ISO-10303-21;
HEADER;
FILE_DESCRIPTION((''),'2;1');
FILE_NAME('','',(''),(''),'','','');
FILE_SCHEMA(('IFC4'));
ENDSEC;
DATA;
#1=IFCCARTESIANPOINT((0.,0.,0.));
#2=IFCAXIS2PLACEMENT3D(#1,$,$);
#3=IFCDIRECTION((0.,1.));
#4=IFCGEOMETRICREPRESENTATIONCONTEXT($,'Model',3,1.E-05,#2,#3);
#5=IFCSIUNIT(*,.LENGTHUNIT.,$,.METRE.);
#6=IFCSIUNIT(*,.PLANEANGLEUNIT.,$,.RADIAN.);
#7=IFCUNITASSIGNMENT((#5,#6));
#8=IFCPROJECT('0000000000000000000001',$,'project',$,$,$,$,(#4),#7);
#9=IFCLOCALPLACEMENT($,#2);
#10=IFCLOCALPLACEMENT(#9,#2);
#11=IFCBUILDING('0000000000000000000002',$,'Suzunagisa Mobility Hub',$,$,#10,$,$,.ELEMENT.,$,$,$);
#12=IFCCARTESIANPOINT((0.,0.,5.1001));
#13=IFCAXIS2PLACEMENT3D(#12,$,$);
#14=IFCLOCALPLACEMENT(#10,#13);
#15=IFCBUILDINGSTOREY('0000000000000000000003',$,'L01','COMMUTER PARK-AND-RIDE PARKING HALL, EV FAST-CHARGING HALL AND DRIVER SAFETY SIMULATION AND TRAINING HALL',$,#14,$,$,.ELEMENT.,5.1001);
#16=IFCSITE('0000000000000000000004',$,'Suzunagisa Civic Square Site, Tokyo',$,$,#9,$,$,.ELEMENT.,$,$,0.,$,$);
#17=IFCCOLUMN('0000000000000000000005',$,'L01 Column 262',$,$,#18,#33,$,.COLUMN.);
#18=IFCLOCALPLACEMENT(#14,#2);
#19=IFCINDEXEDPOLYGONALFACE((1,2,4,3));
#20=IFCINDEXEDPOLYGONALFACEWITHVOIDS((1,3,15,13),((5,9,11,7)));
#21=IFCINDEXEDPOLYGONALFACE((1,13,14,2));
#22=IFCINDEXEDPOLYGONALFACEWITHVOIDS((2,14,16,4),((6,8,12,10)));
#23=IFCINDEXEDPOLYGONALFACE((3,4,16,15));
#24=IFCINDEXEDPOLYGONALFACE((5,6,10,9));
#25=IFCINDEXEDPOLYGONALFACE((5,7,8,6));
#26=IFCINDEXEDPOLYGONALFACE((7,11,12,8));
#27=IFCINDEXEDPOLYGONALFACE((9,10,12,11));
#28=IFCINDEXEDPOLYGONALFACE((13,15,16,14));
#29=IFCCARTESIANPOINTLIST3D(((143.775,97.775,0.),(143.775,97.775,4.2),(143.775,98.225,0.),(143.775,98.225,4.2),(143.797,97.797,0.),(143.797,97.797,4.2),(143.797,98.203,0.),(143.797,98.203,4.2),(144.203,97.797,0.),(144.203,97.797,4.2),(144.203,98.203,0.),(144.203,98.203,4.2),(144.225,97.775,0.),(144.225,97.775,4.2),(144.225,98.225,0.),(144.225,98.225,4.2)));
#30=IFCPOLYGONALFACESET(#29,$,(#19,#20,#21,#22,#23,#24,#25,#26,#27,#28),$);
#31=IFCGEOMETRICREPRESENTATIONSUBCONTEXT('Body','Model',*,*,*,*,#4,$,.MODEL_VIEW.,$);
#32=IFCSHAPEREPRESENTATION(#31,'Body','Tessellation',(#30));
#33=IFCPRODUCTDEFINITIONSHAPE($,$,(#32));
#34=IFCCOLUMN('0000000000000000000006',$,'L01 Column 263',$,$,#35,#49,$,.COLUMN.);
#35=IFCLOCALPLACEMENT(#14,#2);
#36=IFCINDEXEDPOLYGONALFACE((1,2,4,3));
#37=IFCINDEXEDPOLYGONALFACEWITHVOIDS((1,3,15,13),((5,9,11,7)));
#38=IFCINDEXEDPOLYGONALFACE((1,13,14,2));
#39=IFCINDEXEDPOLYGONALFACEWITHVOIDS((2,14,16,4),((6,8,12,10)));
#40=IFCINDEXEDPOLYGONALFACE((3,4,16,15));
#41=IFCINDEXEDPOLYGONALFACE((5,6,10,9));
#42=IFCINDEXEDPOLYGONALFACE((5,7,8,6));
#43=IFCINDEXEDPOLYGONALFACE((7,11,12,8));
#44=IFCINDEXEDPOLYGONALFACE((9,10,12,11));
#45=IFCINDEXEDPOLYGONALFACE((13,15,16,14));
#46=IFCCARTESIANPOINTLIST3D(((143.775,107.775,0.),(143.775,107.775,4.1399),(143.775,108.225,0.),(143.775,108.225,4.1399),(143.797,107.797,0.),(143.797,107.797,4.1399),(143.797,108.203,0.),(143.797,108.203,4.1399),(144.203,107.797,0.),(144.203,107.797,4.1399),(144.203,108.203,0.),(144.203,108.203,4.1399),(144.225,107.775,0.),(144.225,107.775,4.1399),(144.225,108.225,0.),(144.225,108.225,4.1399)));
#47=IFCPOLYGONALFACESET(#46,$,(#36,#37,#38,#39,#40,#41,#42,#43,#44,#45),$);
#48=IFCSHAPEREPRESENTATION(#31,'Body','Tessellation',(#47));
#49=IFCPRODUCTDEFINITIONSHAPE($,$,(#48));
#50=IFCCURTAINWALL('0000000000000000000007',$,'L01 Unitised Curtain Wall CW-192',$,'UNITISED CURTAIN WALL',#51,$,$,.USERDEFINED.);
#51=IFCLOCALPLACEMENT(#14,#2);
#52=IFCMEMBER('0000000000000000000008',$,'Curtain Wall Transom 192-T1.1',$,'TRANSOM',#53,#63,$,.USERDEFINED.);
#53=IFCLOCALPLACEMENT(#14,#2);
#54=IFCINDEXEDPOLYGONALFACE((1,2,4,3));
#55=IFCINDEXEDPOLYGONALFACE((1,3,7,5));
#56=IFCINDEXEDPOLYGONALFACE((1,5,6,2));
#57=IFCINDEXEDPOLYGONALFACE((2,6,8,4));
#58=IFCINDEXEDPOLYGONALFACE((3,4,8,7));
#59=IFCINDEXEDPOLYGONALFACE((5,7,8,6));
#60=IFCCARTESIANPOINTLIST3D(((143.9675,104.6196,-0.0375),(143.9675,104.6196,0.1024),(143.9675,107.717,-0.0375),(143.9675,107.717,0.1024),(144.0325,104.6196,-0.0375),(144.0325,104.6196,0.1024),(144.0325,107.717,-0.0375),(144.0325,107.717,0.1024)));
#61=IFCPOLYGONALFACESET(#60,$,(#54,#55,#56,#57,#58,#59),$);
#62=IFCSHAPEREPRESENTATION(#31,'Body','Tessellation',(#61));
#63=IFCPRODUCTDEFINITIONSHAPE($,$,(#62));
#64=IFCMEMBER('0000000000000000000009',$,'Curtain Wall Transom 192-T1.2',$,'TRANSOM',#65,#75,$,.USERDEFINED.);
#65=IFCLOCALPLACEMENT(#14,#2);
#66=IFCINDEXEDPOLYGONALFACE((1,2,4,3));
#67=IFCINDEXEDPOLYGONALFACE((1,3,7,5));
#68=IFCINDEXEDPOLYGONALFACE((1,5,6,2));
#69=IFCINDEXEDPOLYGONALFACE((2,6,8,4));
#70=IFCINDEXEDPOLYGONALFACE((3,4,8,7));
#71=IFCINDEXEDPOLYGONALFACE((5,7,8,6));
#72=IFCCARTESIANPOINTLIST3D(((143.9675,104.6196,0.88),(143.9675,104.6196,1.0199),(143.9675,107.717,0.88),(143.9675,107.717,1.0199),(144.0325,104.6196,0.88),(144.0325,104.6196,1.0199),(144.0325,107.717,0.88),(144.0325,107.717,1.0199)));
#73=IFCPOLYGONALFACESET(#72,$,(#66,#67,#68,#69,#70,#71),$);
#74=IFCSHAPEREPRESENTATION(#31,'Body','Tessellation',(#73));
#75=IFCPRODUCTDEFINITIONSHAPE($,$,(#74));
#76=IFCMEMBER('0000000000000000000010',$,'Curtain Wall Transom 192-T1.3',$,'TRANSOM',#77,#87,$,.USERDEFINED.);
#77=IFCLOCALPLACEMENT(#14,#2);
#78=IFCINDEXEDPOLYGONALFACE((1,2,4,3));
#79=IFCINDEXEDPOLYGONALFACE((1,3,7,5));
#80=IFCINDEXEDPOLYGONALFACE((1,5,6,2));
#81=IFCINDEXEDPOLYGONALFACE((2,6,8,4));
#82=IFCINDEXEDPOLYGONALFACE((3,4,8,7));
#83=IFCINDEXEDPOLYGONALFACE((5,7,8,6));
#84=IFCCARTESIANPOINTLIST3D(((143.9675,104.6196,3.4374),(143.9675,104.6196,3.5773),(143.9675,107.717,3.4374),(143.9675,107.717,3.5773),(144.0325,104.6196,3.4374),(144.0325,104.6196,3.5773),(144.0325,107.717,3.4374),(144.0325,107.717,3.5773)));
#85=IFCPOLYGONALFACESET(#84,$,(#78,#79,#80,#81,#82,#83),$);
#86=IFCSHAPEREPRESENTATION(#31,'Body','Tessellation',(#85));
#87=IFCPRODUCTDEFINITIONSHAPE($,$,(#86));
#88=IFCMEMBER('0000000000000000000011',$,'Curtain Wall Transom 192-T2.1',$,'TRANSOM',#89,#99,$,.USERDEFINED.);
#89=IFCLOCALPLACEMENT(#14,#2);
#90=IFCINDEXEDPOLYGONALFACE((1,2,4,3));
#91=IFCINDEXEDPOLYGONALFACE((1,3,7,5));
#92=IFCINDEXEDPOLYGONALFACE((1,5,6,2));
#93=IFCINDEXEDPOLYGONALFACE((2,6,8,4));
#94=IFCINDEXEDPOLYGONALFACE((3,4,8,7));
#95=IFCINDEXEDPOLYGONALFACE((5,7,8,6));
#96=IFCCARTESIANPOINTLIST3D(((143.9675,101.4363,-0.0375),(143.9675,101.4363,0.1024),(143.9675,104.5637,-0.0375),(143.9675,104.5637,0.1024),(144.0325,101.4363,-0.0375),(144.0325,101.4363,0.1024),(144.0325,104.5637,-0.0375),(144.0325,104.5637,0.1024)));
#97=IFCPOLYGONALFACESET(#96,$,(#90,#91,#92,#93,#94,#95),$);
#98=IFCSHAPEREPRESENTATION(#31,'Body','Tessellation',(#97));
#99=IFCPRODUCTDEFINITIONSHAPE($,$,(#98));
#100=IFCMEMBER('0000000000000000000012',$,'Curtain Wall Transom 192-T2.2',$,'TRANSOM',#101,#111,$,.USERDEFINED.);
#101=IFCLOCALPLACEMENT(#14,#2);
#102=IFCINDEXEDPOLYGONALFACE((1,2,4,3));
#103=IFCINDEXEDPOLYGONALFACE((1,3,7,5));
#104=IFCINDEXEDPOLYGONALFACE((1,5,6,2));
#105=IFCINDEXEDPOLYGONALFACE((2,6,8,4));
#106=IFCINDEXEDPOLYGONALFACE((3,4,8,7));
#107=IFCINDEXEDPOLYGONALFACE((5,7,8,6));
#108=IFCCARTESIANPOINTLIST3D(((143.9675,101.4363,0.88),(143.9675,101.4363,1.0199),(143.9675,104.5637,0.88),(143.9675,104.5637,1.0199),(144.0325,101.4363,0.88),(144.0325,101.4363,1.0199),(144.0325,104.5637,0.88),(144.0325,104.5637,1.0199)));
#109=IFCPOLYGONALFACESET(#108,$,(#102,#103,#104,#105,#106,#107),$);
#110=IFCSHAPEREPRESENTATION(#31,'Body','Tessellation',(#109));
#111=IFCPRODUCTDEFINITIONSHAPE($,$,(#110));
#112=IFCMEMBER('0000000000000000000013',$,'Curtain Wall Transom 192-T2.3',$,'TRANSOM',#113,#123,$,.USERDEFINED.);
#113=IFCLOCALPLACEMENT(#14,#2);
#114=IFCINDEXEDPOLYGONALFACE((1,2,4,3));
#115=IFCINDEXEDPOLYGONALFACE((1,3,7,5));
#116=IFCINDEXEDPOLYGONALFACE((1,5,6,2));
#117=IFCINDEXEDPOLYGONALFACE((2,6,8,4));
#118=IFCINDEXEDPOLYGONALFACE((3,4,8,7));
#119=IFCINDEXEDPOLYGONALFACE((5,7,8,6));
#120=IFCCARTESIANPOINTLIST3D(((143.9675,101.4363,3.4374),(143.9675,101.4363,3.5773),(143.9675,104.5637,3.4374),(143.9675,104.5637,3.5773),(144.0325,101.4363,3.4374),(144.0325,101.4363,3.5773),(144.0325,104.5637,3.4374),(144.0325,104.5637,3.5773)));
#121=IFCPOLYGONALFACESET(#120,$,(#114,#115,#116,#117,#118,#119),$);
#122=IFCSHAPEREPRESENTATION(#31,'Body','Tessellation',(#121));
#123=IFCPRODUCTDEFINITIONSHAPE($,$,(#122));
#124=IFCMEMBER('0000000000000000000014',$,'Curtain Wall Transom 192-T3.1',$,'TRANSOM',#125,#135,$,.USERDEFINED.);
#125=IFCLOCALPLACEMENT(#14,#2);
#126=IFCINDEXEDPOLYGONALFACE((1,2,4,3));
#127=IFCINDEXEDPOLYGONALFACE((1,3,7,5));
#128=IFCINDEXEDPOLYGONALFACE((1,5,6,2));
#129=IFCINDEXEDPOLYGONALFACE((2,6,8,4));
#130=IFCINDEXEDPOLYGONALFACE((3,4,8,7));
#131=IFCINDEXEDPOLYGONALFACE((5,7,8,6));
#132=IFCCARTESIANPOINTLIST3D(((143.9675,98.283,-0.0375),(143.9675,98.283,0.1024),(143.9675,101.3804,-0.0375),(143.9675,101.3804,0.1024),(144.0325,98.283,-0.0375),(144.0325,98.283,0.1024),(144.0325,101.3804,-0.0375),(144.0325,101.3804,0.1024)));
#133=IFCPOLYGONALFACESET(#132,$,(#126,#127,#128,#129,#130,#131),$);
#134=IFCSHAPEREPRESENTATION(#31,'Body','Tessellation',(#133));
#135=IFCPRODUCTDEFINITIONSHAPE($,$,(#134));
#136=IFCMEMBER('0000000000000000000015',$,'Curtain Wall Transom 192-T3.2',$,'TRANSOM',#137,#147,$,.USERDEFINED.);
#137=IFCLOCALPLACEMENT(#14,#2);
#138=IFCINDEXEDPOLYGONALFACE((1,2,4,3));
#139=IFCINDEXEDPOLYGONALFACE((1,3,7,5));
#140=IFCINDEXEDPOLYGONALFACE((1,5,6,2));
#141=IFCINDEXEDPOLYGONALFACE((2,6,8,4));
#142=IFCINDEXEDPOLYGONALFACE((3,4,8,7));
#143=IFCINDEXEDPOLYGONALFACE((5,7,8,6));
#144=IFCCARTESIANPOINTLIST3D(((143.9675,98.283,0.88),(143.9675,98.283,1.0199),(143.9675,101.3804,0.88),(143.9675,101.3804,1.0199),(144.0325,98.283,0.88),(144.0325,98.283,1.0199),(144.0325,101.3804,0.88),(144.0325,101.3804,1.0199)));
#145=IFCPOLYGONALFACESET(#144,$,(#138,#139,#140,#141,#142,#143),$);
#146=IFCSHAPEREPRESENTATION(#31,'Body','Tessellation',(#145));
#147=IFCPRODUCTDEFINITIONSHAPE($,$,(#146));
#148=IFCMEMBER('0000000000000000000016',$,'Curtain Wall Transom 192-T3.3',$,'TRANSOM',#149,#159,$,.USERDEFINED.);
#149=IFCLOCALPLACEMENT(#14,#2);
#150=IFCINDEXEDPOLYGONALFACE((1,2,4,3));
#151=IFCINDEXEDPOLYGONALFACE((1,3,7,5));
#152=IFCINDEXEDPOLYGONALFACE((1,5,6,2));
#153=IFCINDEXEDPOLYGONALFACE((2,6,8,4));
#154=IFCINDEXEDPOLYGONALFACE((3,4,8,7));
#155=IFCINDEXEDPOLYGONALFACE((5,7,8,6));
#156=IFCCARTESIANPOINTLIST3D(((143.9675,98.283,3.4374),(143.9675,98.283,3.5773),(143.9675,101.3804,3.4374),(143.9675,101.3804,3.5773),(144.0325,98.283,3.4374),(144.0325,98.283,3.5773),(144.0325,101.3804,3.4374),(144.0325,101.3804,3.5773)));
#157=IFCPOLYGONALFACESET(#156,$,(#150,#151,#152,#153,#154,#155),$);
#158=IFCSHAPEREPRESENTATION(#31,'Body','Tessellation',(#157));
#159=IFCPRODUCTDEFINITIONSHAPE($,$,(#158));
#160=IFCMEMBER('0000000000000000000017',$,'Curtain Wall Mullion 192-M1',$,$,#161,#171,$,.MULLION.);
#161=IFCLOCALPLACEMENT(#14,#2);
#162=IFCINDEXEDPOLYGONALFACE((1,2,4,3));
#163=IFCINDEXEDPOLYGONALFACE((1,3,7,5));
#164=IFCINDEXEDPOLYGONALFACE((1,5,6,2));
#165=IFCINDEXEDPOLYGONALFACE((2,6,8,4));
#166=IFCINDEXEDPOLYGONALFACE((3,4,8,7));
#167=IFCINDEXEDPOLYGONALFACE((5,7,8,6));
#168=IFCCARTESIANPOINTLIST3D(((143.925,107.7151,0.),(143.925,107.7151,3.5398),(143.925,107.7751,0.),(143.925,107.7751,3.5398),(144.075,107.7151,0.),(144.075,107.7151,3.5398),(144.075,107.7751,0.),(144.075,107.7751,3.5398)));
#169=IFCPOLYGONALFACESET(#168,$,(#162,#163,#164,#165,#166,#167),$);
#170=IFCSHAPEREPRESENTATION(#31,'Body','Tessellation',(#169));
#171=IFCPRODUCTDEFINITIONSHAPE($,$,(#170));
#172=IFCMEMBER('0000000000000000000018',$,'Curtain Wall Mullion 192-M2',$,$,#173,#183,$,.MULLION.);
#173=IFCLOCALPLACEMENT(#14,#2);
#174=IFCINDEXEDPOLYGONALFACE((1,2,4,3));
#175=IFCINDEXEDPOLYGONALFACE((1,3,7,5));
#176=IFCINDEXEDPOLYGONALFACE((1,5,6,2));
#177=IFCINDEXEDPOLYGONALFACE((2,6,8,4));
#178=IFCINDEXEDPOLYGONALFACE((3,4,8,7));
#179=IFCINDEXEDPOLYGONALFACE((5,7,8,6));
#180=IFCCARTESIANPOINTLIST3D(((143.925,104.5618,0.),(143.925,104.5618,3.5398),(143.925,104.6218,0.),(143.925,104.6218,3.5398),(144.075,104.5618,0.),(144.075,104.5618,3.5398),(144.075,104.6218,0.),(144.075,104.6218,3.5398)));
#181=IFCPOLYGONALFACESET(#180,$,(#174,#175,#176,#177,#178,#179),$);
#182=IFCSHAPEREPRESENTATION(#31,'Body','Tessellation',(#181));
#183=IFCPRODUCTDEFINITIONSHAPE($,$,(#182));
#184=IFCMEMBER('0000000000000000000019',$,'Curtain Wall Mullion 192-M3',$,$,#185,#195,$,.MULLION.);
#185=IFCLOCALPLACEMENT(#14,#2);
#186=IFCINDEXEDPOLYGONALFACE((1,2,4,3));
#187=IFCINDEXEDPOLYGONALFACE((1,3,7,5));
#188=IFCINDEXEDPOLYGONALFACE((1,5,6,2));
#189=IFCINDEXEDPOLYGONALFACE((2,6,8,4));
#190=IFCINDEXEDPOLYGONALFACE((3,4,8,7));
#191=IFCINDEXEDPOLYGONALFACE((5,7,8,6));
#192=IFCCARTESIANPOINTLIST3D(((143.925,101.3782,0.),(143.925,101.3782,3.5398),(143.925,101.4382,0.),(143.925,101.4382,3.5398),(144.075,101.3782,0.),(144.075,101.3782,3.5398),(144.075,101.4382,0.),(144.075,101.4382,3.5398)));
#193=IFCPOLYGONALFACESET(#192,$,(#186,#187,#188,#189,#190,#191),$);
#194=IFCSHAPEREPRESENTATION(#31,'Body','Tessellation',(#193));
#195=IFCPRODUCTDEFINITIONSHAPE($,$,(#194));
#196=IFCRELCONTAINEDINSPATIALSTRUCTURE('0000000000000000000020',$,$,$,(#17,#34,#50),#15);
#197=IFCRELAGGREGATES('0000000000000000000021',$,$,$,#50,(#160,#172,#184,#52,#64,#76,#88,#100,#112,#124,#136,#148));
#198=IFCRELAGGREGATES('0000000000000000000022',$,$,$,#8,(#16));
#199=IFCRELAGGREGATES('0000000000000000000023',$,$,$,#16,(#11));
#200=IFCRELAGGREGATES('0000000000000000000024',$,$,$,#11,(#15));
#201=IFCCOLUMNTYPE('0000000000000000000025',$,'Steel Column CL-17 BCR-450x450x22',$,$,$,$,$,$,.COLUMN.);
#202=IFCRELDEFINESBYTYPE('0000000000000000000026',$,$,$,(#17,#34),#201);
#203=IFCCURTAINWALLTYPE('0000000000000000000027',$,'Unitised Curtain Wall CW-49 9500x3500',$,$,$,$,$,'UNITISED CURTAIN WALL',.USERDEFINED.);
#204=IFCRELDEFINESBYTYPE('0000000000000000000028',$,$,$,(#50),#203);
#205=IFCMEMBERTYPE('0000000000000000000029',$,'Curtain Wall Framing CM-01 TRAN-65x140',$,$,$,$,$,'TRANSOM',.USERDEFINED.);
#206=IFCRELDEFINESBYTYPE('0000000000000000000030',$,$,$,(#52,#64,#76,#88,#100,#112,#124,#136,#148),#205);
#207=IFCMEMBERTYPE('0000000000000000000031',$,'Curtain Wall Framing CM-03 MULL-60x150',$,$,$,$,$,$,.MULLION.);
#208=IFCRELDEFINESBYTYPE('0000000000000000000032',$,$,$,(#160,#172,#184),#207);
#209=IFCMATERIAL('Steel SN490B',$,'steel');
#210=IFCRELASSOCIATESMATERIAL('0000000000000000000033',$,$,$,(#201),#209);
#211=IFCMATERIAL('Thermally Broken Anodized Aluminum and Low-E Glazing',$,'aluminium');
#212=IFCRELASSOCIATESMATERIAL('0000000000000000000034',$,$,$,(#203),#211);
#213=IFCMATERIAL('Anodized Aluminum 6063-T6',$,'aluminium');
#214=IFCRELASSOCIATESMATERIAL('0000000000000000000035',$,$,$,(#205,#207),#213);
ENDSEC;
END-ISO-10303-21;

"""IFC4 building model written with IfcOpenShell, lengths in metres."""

from ifc_helpers import new_model, si_unit, direction, frame, origin, origin_2d, place, context, subcontext, project, spatial, rectangle, hollow_rectangle, extrude, material, material_profile, profile_set, type_object, element, aggregate, save


model = new_model("IFC4")

# Units and contexts
model_context = context("Model", 3, precision=1e-05, world=origin(), true_north=direction((0.0, 1.0)))
body_context = subcontext(model_context, "Body", "Model", "MODEL_VIEW")
ifc_project = project(units=[si_unit("LENGTHUNIT", "METRE"), si_unit("PLANEANGLEUNIT", "RADIAN")], contexts=[model_context])

# Site, building, storey
site_placement = place(None, origin())
site = spatial("IfcSite", under=ifc_project, at=site_placement, Name="Suzunagisa Civic Square Site, Tokyo", CompositionType="ELEMENT", RefElevation=0.0)
building_placement = place(site_placement, origin())
building = spatial("IfcBuilding", under=site, at=building_placement, Name="Suzunagisa Mobility Hub", CompositionType="ELEMENT")
storey_placement = place(building_placement, frame((0.0, 0.0, 5.1001)))
storey = spatial("IfcBuildingStorey", under=building, at=storey_placement, Name="L01", Description="COMMUTER PARK-AND-RIDE PARKING HALL, EV FAST-CHARGING HALL AND DRIVER SAFETY SIMULATION AND TRAINING HALL", CompositionType="ELEMENT", Elevation=5.1001)

# Columns
ifc_material_1 = material(Name="Steel SN490B", Category="steel")
ifc_material_profile_1 = material_profile(ifc_material_1, hollow_rectangle(XDim=0.45, YDim=0.45, WallThickness=0.022, at=origin_2d()), Name="BCR-450x450x22")
ifc_profile_set_1 = profile_set([ifc_material_profile_1], Name="Steel SN490B")
column_type = type_object("IfcColumnType", Name="Steel Column CL-17 BCR-450x450x22", PredefinedType="COLUMN", material=ifc_profile_set_1)
column_1_placement = place(storey_placement, frame((144.0, 98.0, 0.0), z_axis=(0.0, 0.0, 1.0), x_axis=(1.0, 0.0, 0.0)))
element("IfcColumn", 1, at=column_1_placement, inside=storey, type_object=column_type, Name="L01 Column 262", PredefinedType="COLUMN", context=body_context, shape_type="SweptSolid", body=[
    extrude(hollow_rectangle(XDim=0.45, YDim=0.45, WallThickness=0.022, at=origin_2d()), origin(), (0.0, 0.0, 1.0), 4.2),
])
column_2_placement = place(storey_placement, frame((144.0, 108.0, 0.0), z_axis=(0.0, 0.0, 1.0), x_axis=(1.0, 0.0, 0.0)))
element("IfcColumn", 2, at=column_2_placement, inside=storey, type_object=column_type, Name="L01 Column 263", PredefinedType="COLUMN", context=body_context, shape_type="SweptSolid", body=[
    extrude(hollow_rectangle(XDim=0.45, YDim=0.45, WallThickness=0.022, at=origin_2d()), origin(), (0.0, 0.0, 1.0), 4.1399),
])

# Curtain wall, members
ifc_material_2 = material(Name="Thermally Broken Anodized Aluminum and Low-E Glazing", Category="aluminium")
curtain_wall_type = type_object("IfcCurtainWallType", Name="Unitised Curtain Wall CW-49 9500x3500", ElementType="UNITISED CURTAIN WALL", PredefinedType="USERDEFINED", material=ifc_material_2)
curtain_wall_placement = place(storey_placement, origin())
curtain_wall = element("IfcCurtainWall", 3, at=curtain_wall_placement, inside=storey, type_object=curtain_wall_type, Name="L01 Unitised Curtain Wall CW-192", ObjectType="UNITISED CURTAIN WALL", PredefinedType="USERDEFINED")
ifc_material_3 = material(Name="Anodized Aluminum 6063-T6", Category="aluminium")
ifc_material_profile_2 = material_profile(ifc_material_3, rectangle(XDim=0.0649, YDim=0.1399, at=origin_2d()), Name="TRAN-65x140")
ifc_profile_set_2 = profile_set([ifc_material_profile_2], Name="Anodized Aluminum 6063-T6")
member_type_1 = type_object("IfcMemberType", Name="Curtain Wall Framing CM-01 TRAN-65x140", ElementType="TRANSOM", PredefinedType="USERDEFINED", material=ifc_profile_set_2)
member_1_placement = place(storey_placement, frame((144.0, 107.717, 0.0325), z_axis=(0.0, -1.0, 0.0), x_axis=(1.0, 0.0, 0.0)))
member_1 = element("IfcMember", 4, at=member_1_placement, type_object=member_type_1, Name="Curtain Wall Transom 192-T1.1", ObjectType="TRANSOM", PredefinedType="USERDEFINED", context=body_context, shape_type="SweptSolid", body=[
    extrude(rectangle(XDim=0.0649, YDim=0.1399, at=origin_2d()), origin(), (0.0, 0.0, 1.0), 3.0974),
])
member_2_placement = place(storey_placement, frame((144.0, 107.717, 0.95), z_axis=(0.0, -1.0, 0.0), x_axis=(1.0, 0.0, 0.0)))
member_2 = element("IfcMember", 5, at=member_2_placement, type_object=member_type_1, Name="Curtain Wall Transom 192-T1.2", ObjectType="TRANSOM", PredefinedType="USERDEFINED", context=body_context, shape_type="SweptSolid", body=[
    extrude(rectangle(XDim=0.0649, YDim=0.1399, at=origin_2d()), origin(), (0.0, 0.0, 1.0), 3.0974),
])
member_3_placement = place(storey_placement, frame((144.0, 107.717, 3.5073), z_axis=(0.0, -1.0, 0.0), x_axis=(1.0, 0.0, 0.0)))
member_3 = element("IfcMember", 6, at=member_3_placement, type_object=member_type_1, Name="Curtain Wall Transom 192-T1.3", ObjectType="TRANSOM", PredefinedType="USERDEFINED", context=body_context, shape_type="SweptSolid", body=[
    extrude(rectangle(XDim=0.0649, YDim=0.1399, at=origin_2d()), origin(), (0.0, 0.0, 1.0), 3.0974),
])
member_4_placement = place(storey_placement, frame((144.0, 104.5637, 0.0325), z_axis=(0.0, -1.0, 0.0), x_axis=(1.0, 0.0, 0.0)))
member_4 = element("IfcMember", 7, at=member_4_placement, type_object=member_type_1, Name="Curtain Wall Transom 192-T2.1", ObjectType="TRANSOM", PredefinedType="USERDEFINED", context=body_context, shape_type="SweptSolid", body=[
    extrude(rectangle(XDim=0.0649, YDim=0.1399, at=origin_2d()), origin(), (0.0, 0.0, 1.0), 3.1274),
])
member_5_placement = place(storey_placement, frame((144.0, 104.5637, 0.95), z_axis=(0.0, -1.0, 0.0), x_axis=(1.0, 0.0, 0.0)))
member_5 = element("IfcMember", 8, at=member_5_placement, type_object=member_type_1, Name="Curtain Wall Transom 192-T2.2", ObjectType="TRANSOM", PredefinedType="USERDEFINED", context=body_context, shape_type="SweptSolid", body=[
    extrude(rectangle(XDim=0.0649, YDim=0.1399, at=origin_2d()), origin(), (0.0, 0.0, 1.0), 3.1274),
])
member_6_placement = place(storey_placement, frame((144.0, 104.5637, 3.5073), z_axis=(0.0, -1.0, 0.0), x_axis=(1.0, 0.0, 0.0)))
member_6 = element("IfcMember", 9, at=member_6_placement, type_object=member_type_1, Name="Curtain Wall Transom 192-T2.3", ObjectType="TRANSOM", PredefinedType="USERDEFINED", context=body_context, shape_type="SweptSolid", body=[
    extrude(rectangle(XDim=0.0649, YDim=0.1399, at=origin_2d()), origin(), (0.0, 0.0, 1.0), 3.1274),
])
member_7_placement = place(storey_placement, frame((144.0, 101.3804, 0.0325), z_axis=(0.0, -1.0, 0.0), x_axis=(1.0, 0.0, 0.0)))
member_7 = element("IfcMember", 10, at=member_7_placement, type_object=member_type_1, Name="Curtain Wall Transom 192-T3.1", ObjectType="TRANSOM", PredefinedType="USERDEFINED", context=body_context, shape_type="SweptSolid", body=[
    extrude(rectangle(XDim=0.0649, YDim=0.1399, at=origin_2d()), origin(), (0.0, 0.0, 1.0), 3.0974),
])
member_8_placement = place(storey_placement, frame((144.0, 101.3804, 0.95), z_axis=(0.0, -1.0, 0.0), x_axis=(1.0, 0.0, 0.0)))
member_8 = element("IfcMember", 11, at=member_8_placement, type_object=member_type_1, Name="Curtain Wall Transom 192-T3.2", ObjectType="TRANSOM", PredefinedType="USERDEFINED", context=body_context, shape_type="SweptSolid", body=[
    extrude(rectangle(XDim=0.0649, YDim=0.1399, at=origin_2d()), origin(), (0.0, 0.0, 1.0), 3.0974),
])
member_9_placement = place(storey_placement, frame((144.0, 101.3804, 3.5073), z_axis=(0.0, -1.0, 0.0), x_axis=(1.0, 0.0, 0.0)))
member_9 = element("IfcMember", 12, at=member_9_placement, type_object=member_type_1, Name="Curtain Wall Transom 192-T3.3", ObjectType="TRANSOM", PredefinedType="USERDEFINED", context=body_context, shape_type="SweptSolid", body=[
    extrude(rectangle(XDim=0.0649, YDim=0.1399, at=origin_2d()), origin(), (0.0, 0.0, 1.0), 3.0974),
])
ifc_material_profile_3 = material_profile(ifc_material_3, rectangle(XDim=0.0601, YDim=0.1499, at=origin_2d()), Name="MULL-60x150")
ifc_profile_set_3 = profile_set([ifc_material_profile_3], Name="Anodized Aluminum 6063-T6")
member_type_2 = type_object("IfcMemberType", Name="Curtain Wall Framing CM-03 MULL-60x150", PredefinedType="MULLION", material=ifc_profile_set_3)
member_10_placement = place(storey_placement, frame((144.0, 107.7451, 0.0), z_axis=(0.0, 0.0, 1.0), x_axis=(0.0, -1.0, 0.0)))
member_10 = element("IfcMember", 13, at=member_10_placement, type_object=member_type_2, Name="Curtain Wall Mullion 192-M1", PredefinedType="MULLION", context=body_context, shape_type="SweptSolid", body=[
    extrude(rectangle(XDim=0.0601, YDim=0.1499, at=origin_2d()), origin(), (0.0, 0.0, 1.0), 3.5398),
])
member_11_placement = place(storey_placement, frame((144.0, 104.5918, 0.0), z_axis=(0.0, 0.0, 1.0), x_axis=(0.0, -1.0, 0.0)))
member_11 = element("IfcMember", 14, at=member_11_placement, type_object=member_type_2, Name="Curtain Wall Mullion 192-M2", PredefinedType="MULLION", context=body_context, shape_type="SweptSolid", body=[
    extrude(rectangle(XDim=0.0601, YDim=0.1499, at=origin_2d()), origin(), (0.0, 0.0, 1.0), 3.5398),
])
member_12_placement = place(storey_placement, frame((144.0, 101.4082, 0.0), z_axis=(0.0, 0.0, 1.0), x_axis=(0.0, -1.0, 0.0)))
member_12 = element("IfcMember", 15, at=member_12_placement, type_object=member_type_2, Name="Curtain Wall Mullion 192-M3", PredefinedType="MULLION", context=body_context, shape_type="SweptSolid", body=[
    extrude(rectangle(XDim=0.0601, YDim=0.1499, at=origin_2d()), origin(), (0.0, 0.0, 1.0), 3.5398),
])

aggregate(curtain_wall, [member_10, member_11, member_12, member_1, member_2, member_3, member_4, member_5, member_6, member_7, member_8, member_9])

save(model, "model.ifc")
